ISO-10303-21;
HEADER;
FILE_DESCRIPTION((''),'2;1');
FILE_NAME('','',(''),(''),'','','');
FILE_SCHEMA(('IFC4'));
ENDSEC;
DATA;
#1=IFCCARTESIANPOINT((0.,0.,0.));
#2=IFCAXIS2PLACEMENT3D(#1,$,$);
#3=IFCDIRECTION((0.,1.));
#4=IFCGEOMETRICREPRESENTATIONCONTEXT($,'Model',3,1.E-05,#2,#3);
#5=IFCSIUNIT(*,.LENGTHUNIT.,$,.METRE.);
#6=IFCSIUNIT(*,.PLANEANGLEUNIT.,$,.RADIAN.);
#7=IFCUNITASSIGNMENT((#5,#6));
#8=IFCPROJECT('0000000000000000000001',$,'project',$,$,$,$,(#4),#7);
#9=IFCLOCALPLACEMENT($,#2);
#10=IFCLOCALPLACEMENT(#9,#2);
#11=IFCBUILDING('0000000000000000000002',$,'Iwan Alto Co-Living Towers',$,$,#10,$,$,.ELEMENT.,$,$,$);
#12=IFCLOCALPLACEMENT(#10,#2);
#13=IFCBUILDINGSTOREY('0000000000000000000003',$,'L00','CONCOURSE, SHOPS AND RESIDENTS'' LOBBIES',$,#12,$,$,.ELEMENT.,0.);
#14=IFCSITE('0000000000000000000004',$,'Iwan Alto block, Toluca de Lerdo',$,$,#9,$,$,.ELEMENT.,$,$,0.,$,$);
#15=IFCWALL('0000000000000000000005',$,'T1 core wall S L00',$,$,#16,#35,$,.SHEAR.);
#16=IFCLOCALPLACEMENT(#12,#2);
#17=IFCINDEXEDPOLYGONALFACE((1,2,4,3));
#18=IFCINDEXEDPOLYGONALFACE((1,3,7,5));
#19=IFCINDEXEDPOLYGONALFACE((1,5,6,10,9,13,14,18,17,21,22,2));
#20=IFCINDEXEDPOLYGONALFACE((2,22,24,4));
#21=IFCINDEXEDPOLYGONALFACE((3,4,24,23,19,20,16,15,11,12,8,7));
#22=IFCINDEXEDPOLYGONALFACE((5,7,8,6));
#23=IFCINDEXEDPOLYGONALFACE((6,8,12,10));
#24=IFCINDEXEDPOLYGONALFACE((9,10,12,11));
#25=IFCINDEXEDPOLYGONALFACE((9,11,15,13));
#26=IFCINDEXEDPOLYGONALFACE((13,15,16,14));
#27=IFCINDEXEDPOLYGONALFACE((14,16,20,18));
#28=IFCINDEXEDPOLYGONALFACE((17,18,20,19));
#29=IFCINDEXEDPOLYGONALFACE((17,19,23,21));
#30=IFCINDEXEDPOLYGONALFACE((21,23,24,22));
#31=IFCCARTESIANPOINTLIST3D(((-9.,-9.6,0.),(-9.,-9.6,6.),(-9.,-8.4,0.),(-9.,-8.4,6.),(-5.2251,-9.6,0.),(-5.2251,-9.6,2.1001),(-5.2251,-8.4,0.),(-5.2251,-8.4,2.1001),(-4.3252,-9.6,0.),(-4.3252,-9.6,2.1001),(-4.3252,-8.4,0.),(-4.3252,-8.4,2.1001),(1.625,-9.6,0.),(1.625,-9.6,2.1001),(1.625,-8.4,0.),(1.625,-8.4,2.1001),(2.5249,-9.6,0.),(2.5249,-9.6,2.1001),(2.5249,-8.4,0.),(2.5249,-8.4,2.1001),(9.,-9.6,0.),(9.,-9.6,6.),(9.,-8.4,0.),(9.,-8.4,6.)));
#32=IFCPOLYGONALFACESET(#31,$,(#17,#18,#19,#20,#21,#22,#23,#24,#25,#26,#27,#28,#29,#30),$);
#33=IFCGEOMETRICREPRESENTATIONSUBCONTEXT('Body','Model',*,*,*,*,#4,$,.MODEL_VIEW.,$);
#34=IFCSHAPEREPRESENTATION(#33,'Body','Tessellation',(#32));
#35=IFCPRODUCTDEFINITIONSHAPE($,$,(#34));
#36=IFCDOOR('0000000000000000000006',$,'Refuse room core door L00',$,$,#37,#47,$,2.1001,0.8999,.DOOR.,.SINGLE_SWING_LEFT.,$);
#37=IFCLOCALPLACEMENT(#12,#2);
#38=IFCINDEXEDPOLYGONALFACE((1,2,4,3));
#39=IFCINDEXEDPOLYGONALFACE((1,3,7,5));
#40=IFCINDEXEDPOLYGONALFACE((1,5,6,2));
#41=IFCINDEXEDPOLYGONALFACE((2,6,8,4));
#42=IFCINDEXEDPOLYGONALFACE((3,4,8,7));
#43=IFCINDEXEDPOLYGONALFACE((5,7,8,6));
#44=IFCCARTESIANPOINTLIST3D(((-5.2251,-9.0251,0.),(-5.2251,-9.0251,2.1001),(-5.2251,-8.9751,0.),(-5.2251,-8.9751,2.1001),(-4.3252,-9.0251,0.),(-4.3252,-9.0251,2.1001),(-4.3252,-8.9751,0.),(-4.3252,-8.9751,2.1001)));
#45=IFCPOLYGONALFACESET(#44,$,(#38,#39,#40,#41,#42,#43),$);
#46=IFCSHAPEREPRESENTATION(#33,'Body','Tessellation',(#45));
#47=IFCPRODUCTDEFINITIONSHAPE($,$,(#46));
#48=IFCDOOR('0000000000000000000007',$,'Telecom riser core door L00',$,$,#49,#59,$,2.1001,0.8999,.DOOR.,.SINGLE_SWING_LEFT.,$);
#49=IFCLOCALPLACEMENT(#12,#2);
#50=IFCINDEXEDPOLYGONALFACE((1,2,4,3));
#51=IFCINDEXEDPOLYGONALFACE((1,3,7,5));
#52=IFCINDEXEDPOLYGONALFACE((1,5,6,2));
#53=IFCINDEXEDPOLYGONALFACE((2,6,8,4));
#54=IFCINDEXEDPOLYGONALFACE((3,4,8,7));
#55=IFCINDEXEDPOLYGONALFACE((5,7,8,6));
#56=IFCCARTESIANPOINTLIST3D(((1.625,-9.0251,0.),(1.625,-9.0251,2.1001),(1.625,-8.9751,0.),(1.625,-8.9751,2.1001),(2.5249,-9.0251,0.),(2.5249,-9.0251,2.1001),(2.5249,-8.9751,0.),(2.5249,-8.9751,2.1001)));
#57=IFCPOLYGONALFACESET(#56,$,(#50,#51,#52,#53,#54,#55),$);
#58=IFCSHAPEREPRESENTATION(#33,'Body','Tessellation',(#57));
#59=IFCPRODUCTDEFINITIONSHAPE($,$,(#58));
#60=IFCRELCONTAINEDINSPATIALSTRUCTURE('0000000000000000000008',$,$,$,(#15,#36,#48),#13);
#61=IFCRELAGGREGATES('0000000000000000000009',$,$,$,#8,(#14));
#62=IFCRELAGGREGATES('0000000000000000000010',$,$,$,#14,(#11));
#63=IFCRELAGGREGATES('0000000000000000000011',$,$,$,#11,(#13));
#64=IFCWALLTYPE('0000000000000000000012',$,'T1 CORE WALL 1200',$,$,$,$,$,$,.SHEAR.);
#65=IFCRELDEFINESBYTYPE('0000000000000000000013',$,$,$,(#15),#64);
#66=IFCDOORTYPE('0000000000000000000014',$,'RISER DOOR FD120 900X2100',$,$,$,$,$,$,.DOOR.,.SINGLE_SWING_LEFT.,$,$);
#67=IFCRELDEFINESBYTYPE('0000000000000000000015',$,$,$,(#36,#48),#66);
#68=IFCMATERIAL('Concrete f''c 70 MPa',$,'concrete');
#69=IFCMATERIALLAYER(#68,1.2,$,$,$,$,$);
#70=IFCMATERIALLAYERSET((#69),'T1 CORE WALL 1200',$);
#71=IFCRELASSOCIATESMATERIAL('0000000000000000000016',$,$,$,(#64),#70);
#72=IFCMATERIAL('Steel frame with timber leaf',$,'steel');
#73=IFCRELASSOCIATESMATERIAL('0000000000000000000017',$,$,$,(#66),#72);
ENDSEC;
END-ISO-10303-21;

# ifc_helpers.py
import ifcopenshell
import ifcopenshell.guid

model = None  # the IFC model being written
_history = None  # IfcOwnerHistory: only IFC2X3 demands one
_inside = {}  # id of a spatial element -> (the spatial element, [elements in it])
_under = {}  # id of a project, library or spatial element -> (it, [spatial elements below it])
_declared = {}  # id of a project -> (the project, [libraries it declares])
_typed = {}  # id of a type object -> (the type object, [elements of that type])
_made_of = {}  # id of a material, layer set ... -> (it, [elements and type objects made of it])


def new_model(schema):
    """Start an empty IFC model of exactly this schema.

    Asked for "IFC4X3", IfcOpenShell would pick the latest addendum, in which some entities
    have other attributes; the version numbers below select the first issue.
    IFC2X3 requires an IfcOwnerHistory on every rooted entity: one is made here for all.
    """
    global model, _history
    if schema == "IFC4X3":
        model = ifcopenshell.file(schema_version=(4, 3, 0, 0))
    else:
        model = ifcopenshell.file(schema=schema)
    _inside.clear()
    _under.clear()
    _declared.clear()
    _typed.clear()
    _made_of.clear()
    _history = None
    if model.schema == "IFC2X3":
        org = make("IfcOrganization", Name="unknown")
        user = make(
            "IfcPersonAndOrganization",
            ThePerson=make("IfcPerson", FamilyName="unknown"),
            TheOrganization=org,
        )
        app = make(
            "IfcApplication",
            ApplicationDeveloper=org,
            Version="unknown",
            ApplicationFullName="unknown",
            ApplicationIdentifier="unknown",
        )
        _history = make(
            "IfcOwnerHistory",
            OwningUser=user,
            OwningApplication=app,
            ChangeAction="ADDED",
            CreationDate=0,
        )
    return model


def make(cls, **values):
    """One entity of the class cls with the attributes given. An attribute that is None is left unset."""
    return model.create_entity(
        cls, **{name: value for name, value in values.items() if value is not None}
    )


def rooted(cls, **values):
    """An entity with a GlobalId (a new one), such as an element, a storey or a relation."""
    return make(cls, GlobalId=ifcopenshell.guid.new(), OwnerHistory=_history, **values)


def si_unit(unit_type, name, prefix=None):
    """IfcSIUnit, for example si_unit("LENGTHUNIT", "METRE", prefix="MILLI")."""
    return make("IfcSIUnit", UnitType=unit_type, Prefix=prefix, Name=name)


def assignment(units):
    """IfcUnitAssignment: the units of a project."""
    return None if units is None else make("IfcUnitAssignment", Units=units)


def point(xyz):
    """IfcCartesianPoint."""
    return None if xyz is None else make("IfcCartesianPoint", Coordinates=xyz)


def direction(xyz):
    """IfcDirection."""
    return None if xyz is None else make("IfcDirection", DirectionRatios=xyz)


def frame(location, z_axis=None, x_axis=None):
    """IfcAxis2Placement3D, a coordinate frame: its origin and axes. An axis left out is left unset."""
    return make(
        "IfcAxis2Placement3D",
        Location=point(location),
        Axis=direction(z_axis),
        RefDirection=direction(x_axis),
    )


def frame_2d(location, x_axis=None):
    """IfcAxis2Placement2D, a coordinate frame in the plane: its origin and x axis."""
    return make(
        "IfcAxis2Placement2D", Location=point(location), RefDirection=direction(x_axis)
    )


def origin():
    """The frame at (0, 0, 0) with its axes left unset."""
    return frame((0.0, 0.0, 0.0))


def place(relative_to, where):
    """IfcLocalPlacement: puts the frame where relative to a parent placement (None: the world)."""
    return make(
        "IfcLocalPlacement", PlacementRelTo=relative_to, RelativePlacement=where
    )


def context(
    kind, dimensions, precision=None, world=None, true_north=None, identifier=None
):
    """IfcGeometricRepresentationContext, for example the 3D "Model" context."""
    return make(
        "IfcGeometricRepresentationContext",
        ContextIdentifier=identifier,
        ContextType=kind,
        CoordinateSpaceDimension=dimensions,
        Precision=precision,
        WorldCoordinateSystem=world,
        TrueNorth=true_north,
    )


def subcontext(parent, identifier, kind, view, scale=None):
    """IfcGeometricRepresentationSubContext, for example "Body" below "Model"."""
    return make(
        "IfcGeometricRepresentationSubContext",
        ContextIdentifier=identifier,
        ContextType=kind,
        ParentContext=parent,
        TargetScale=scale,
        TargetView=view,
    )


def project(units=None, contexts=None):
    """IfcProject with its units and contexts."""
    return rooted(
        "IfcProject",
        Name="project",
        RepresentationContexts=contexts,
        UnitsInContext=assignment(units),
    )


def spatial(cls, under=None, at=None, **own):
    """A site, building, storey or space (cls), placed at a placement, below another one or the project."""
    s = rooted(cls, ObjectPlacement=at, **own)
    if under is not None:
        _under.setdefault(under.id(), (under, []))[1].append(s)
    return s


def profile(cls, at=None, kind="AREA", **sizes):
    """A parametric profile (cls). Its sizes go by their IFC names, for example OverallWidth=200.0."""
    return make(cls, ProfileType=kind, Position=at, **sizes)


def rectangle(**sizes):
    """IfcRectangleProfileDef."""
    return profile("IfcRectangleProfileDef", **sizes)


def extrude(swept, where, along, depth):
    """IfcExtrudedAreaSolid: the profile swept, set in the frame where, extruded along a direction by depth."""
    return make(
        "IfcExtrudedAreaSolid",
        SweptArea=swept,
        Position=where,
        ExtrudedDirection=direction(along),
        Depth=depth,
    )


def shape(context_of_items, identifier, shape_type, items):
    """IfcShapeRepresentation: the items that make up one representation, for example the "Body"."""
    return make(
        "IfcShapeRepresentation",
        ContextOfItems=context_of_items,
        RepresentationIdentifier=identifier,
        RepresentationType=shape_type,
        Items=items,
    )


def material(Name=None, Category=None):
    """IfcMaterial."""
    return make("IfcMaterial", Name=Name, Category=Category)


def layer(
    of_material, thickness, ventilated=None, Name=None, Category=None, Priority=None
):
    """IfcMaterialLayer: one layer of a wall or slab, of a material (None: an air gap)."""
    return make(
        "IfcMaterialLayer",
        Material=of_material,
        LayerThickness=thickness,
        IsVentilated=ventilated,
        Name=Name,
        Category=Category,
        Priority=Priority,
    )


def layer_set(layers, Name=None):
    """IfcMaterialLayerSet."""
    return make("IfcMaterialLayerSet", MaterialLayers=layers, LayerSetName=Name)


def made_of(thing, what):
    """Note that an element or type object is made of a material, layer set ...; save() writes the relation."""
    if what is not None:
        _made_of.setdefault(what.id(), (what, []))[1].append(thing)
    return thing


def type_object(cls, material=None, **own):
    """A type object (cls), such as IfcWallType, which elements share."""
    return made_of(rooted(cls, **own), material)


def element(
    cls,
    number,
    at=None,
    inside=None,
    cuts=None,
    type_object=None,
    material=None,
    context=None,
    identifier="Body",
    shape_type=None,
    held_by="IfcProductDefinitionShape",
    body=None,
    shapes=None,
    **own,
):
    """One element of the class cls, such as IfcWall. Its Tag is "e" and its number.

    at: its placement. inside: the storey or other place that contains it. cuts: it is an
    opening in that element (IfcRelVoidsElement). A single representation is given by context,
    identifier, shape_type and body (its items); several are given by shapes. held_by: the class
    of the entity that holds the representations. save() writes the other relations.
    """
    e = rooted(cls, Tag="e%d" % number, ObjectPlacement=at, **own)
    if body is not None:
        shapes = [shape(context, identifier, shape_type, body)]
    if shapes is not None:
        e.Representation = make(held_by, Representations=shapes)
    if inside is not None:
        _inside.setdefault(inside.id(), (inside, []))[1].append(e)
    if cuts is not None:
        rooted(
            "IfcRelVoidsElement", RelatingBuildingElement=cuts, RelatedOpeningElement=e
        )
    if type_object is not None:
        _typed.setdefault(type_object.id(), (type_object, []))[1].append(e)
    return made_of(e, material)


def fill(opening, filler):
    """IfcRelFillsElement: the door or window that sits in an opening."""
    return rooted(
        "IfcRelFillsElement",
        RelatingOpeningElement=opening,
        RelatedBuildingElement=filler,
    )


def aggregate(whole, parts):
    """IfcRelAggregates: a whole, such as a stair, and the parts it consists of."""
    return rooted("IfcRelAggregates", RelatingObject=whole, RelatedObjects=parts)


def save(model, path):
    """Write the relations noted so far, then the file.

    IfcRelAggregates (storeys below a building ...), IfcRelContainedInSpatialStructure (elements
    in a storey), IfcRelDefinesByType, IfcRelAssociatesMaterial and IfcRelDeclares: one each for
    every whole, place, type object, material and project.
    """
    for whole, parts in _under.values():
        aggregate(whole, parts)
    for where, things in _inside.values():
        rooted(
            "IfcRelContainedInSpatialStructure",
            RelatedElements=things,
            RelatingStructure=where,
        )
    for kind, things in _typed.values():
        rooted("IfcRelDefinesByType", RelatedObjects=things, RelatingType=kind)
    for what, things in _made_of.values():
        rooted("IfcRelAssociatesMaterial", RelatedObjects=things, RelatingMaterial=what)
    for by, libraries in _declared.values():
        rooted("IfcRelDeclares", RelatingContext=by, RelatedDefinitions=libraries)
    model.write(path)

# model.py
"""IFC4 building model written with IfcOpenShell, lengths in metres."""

from ifc_helpers import new_model, si_unit, direction, frame, frame_2d, origin, place, context, subcontext, project, spatial, rectangle, extrude, material, layer, layer_set, type_object, element, fill, save


model = new_model("IFC4")

# Units and contexts
model_context = context("Model", 3, precision=1e-05, world=origin(), true_north=direction((0.0, 1.0)))
body_context = subcontext(model_context, "Body", "Model", "MODEL_VIEW")
ifc_project = project(units=[si_unit("LENGTHUNIT", "METRE"), si_unit("PLANEANGLEUNIT", "RADIAN")], contexts=[model_context])

# Site, building, storey
site_placement = place(None, origin())
site = spatial("IfcSite", under=ifc_project, at=site_placement, Name="Iwan Alto block, Toluca de Lerdo", CompositionType="ELEMENT", RefElevation=0.0)
building_placement = place(site_placement, origin())
building = spatial("IfcBuilding", under=site, at=building_placement, Name="Iwan Alto Co-Living Towers", CompositionType="ELEMENT")
storey_placement = place(building_placement, origin())
storey = spatial("IfcBuildingStorey", under=building, at=storey_placement, Name="L00", Description="CONCOURSE, SHOPS AND RESIDENTS' LOBBIES", CompositionType="ELEMENT", Elevation=0.0)

# Wall, openings, doors
ifc_material_1 = material(Name="Concrete f'c 70 MPa", Category="concrete")
ifc_layer_1 = layer(ifc_material_1, 1.2)
ifc_layer_set_1 = layer_set([ifc_layer_1], Name="T1 CORE WALL 1200")
wall_type_1 = type_object("IfcWallType", Name="T1 CORE WALL 1200", PredefinedType="SHEAR", material=ifc_layer_set_1)
wall_1_placement = place(storey_placement, frame((-9.0, -9.0, 0.0), z_axis=(0.0, 0.0, 1.0), x_axis=(1.0, 0.0, 0.0)))
wall_1 = element("IfcWall", 1, at=wall_1_placement, inside=storey, type_object=wall_type_1, Name="T1 core wall S L00", PredefinedType="SHEAR", context=body_context, shape_type="SweptSolid", body=[
    extrude(rectangle(XDim=18.0, YDim=1.2, at=frame_2d((9.0, 0.0))), origin(), (0.0, 0.0, 1.0), 6.0),
])
opening_1_placement = place(wall_1_placement, frame((3.7749, 0.0, 0.0)))
opening_1 = element("IfcOpeningElement", 2, at=opening_1_placement, cuts=wall_1, PredefinedType="OPENING", context=body_context, shape_type="SweptSolid", body=[
    extrude(rectangle(XDim=0.8999, YDim=2.1001, at=frame_2d((0.45, 1.05))), frame((0.0, 0.6099, 0.0), z_axis=(0.0, -1.0, 0.0), x_axis=(1.0, 0.0, 0.0)), (0.0, 0.0, 1.0), 1.22),
])
opening_2_placement = place(wall_1_placement, frame((10.625, 0.0, 0.0)))
opening_2 = element("IfcOpeningElement", 3, at=opening_2_placement, cuts=wall_1, PredefinedType="OPENING", context=body_context, shape_type="SweptSolid", body=[
    extrude(rectangle(XDim=0.8999, YDim=2.1001, at=frame_2d((0.45, 1.05))), frame((0.0, 0.6099, 0.0), z_axis=(0.0, -1.0, 0.0), x_axis=(1.0, 0.0, 0.0)), (0.0, 0.0, 1.0), 1.22),
])
ifc_material_2 = material(Name="Steel frame with timber leaf", Category="steel")
door_type_1 = type_object("IfcDoorType", Name="RISER DOOR FD120 900X2100", OperationType="SINGLE_SWING_LEFT", PredefinedType="DOOR", material=ifc_material_2)
door_1_placement = place(opening_1_placement, origin())
door_1 = element("IfcDoor", 4, at=door_1_placement, inside=storey, type_object=door_type_1, Name="Refuse room core door L00", OperationType="SINGLE_SWING_LEFT", OverallHeight=2.1001, OverallWidth=0.8999, PredefinedType="DOOR", context=body_context, shape_type="SweptSolid", body=[
    extrude(rectangle(XDim=0.8999, YDim=2.1001, at=frame_2d((0.45, 1.05))), frame((0.0, 0.0249, 0.0), z_axis=(0.0, -1.0, 0.0), x_axis=(1.0, 0.0, 0.0)), (0.0, 0.0, 1.0), 0.05),
])
fill(opening_1, door_1)
door_2_placement = place(opening_2_placement, origin())
door_2 = element("IfcDoor", 5, at=door_2_placement, inside=storey, type_object=door_type_1, Name="Telecom riser core door L00", OperationType="SINGLE_SWING_LEFT", OverallHeight=2.1001, OverallWidth=0.8999, PredefinedType="DOOR", context=body_context, shape_type="SweptSolid", body=[
    extrude(rectangle(XDim=0.8999, YDim=2.1001, at=frame_2d((0.45, 1.05))), frame((0.0, 0.0249, 0.0), z_axis=(0.0, -1.0, 0.0), x_axis=(1.0, 0.0, 0.0)), (0.0, 0.0, 1.0), 0.05),
])
fill(opening_2, door_2)

save(model, "model.ifc")
